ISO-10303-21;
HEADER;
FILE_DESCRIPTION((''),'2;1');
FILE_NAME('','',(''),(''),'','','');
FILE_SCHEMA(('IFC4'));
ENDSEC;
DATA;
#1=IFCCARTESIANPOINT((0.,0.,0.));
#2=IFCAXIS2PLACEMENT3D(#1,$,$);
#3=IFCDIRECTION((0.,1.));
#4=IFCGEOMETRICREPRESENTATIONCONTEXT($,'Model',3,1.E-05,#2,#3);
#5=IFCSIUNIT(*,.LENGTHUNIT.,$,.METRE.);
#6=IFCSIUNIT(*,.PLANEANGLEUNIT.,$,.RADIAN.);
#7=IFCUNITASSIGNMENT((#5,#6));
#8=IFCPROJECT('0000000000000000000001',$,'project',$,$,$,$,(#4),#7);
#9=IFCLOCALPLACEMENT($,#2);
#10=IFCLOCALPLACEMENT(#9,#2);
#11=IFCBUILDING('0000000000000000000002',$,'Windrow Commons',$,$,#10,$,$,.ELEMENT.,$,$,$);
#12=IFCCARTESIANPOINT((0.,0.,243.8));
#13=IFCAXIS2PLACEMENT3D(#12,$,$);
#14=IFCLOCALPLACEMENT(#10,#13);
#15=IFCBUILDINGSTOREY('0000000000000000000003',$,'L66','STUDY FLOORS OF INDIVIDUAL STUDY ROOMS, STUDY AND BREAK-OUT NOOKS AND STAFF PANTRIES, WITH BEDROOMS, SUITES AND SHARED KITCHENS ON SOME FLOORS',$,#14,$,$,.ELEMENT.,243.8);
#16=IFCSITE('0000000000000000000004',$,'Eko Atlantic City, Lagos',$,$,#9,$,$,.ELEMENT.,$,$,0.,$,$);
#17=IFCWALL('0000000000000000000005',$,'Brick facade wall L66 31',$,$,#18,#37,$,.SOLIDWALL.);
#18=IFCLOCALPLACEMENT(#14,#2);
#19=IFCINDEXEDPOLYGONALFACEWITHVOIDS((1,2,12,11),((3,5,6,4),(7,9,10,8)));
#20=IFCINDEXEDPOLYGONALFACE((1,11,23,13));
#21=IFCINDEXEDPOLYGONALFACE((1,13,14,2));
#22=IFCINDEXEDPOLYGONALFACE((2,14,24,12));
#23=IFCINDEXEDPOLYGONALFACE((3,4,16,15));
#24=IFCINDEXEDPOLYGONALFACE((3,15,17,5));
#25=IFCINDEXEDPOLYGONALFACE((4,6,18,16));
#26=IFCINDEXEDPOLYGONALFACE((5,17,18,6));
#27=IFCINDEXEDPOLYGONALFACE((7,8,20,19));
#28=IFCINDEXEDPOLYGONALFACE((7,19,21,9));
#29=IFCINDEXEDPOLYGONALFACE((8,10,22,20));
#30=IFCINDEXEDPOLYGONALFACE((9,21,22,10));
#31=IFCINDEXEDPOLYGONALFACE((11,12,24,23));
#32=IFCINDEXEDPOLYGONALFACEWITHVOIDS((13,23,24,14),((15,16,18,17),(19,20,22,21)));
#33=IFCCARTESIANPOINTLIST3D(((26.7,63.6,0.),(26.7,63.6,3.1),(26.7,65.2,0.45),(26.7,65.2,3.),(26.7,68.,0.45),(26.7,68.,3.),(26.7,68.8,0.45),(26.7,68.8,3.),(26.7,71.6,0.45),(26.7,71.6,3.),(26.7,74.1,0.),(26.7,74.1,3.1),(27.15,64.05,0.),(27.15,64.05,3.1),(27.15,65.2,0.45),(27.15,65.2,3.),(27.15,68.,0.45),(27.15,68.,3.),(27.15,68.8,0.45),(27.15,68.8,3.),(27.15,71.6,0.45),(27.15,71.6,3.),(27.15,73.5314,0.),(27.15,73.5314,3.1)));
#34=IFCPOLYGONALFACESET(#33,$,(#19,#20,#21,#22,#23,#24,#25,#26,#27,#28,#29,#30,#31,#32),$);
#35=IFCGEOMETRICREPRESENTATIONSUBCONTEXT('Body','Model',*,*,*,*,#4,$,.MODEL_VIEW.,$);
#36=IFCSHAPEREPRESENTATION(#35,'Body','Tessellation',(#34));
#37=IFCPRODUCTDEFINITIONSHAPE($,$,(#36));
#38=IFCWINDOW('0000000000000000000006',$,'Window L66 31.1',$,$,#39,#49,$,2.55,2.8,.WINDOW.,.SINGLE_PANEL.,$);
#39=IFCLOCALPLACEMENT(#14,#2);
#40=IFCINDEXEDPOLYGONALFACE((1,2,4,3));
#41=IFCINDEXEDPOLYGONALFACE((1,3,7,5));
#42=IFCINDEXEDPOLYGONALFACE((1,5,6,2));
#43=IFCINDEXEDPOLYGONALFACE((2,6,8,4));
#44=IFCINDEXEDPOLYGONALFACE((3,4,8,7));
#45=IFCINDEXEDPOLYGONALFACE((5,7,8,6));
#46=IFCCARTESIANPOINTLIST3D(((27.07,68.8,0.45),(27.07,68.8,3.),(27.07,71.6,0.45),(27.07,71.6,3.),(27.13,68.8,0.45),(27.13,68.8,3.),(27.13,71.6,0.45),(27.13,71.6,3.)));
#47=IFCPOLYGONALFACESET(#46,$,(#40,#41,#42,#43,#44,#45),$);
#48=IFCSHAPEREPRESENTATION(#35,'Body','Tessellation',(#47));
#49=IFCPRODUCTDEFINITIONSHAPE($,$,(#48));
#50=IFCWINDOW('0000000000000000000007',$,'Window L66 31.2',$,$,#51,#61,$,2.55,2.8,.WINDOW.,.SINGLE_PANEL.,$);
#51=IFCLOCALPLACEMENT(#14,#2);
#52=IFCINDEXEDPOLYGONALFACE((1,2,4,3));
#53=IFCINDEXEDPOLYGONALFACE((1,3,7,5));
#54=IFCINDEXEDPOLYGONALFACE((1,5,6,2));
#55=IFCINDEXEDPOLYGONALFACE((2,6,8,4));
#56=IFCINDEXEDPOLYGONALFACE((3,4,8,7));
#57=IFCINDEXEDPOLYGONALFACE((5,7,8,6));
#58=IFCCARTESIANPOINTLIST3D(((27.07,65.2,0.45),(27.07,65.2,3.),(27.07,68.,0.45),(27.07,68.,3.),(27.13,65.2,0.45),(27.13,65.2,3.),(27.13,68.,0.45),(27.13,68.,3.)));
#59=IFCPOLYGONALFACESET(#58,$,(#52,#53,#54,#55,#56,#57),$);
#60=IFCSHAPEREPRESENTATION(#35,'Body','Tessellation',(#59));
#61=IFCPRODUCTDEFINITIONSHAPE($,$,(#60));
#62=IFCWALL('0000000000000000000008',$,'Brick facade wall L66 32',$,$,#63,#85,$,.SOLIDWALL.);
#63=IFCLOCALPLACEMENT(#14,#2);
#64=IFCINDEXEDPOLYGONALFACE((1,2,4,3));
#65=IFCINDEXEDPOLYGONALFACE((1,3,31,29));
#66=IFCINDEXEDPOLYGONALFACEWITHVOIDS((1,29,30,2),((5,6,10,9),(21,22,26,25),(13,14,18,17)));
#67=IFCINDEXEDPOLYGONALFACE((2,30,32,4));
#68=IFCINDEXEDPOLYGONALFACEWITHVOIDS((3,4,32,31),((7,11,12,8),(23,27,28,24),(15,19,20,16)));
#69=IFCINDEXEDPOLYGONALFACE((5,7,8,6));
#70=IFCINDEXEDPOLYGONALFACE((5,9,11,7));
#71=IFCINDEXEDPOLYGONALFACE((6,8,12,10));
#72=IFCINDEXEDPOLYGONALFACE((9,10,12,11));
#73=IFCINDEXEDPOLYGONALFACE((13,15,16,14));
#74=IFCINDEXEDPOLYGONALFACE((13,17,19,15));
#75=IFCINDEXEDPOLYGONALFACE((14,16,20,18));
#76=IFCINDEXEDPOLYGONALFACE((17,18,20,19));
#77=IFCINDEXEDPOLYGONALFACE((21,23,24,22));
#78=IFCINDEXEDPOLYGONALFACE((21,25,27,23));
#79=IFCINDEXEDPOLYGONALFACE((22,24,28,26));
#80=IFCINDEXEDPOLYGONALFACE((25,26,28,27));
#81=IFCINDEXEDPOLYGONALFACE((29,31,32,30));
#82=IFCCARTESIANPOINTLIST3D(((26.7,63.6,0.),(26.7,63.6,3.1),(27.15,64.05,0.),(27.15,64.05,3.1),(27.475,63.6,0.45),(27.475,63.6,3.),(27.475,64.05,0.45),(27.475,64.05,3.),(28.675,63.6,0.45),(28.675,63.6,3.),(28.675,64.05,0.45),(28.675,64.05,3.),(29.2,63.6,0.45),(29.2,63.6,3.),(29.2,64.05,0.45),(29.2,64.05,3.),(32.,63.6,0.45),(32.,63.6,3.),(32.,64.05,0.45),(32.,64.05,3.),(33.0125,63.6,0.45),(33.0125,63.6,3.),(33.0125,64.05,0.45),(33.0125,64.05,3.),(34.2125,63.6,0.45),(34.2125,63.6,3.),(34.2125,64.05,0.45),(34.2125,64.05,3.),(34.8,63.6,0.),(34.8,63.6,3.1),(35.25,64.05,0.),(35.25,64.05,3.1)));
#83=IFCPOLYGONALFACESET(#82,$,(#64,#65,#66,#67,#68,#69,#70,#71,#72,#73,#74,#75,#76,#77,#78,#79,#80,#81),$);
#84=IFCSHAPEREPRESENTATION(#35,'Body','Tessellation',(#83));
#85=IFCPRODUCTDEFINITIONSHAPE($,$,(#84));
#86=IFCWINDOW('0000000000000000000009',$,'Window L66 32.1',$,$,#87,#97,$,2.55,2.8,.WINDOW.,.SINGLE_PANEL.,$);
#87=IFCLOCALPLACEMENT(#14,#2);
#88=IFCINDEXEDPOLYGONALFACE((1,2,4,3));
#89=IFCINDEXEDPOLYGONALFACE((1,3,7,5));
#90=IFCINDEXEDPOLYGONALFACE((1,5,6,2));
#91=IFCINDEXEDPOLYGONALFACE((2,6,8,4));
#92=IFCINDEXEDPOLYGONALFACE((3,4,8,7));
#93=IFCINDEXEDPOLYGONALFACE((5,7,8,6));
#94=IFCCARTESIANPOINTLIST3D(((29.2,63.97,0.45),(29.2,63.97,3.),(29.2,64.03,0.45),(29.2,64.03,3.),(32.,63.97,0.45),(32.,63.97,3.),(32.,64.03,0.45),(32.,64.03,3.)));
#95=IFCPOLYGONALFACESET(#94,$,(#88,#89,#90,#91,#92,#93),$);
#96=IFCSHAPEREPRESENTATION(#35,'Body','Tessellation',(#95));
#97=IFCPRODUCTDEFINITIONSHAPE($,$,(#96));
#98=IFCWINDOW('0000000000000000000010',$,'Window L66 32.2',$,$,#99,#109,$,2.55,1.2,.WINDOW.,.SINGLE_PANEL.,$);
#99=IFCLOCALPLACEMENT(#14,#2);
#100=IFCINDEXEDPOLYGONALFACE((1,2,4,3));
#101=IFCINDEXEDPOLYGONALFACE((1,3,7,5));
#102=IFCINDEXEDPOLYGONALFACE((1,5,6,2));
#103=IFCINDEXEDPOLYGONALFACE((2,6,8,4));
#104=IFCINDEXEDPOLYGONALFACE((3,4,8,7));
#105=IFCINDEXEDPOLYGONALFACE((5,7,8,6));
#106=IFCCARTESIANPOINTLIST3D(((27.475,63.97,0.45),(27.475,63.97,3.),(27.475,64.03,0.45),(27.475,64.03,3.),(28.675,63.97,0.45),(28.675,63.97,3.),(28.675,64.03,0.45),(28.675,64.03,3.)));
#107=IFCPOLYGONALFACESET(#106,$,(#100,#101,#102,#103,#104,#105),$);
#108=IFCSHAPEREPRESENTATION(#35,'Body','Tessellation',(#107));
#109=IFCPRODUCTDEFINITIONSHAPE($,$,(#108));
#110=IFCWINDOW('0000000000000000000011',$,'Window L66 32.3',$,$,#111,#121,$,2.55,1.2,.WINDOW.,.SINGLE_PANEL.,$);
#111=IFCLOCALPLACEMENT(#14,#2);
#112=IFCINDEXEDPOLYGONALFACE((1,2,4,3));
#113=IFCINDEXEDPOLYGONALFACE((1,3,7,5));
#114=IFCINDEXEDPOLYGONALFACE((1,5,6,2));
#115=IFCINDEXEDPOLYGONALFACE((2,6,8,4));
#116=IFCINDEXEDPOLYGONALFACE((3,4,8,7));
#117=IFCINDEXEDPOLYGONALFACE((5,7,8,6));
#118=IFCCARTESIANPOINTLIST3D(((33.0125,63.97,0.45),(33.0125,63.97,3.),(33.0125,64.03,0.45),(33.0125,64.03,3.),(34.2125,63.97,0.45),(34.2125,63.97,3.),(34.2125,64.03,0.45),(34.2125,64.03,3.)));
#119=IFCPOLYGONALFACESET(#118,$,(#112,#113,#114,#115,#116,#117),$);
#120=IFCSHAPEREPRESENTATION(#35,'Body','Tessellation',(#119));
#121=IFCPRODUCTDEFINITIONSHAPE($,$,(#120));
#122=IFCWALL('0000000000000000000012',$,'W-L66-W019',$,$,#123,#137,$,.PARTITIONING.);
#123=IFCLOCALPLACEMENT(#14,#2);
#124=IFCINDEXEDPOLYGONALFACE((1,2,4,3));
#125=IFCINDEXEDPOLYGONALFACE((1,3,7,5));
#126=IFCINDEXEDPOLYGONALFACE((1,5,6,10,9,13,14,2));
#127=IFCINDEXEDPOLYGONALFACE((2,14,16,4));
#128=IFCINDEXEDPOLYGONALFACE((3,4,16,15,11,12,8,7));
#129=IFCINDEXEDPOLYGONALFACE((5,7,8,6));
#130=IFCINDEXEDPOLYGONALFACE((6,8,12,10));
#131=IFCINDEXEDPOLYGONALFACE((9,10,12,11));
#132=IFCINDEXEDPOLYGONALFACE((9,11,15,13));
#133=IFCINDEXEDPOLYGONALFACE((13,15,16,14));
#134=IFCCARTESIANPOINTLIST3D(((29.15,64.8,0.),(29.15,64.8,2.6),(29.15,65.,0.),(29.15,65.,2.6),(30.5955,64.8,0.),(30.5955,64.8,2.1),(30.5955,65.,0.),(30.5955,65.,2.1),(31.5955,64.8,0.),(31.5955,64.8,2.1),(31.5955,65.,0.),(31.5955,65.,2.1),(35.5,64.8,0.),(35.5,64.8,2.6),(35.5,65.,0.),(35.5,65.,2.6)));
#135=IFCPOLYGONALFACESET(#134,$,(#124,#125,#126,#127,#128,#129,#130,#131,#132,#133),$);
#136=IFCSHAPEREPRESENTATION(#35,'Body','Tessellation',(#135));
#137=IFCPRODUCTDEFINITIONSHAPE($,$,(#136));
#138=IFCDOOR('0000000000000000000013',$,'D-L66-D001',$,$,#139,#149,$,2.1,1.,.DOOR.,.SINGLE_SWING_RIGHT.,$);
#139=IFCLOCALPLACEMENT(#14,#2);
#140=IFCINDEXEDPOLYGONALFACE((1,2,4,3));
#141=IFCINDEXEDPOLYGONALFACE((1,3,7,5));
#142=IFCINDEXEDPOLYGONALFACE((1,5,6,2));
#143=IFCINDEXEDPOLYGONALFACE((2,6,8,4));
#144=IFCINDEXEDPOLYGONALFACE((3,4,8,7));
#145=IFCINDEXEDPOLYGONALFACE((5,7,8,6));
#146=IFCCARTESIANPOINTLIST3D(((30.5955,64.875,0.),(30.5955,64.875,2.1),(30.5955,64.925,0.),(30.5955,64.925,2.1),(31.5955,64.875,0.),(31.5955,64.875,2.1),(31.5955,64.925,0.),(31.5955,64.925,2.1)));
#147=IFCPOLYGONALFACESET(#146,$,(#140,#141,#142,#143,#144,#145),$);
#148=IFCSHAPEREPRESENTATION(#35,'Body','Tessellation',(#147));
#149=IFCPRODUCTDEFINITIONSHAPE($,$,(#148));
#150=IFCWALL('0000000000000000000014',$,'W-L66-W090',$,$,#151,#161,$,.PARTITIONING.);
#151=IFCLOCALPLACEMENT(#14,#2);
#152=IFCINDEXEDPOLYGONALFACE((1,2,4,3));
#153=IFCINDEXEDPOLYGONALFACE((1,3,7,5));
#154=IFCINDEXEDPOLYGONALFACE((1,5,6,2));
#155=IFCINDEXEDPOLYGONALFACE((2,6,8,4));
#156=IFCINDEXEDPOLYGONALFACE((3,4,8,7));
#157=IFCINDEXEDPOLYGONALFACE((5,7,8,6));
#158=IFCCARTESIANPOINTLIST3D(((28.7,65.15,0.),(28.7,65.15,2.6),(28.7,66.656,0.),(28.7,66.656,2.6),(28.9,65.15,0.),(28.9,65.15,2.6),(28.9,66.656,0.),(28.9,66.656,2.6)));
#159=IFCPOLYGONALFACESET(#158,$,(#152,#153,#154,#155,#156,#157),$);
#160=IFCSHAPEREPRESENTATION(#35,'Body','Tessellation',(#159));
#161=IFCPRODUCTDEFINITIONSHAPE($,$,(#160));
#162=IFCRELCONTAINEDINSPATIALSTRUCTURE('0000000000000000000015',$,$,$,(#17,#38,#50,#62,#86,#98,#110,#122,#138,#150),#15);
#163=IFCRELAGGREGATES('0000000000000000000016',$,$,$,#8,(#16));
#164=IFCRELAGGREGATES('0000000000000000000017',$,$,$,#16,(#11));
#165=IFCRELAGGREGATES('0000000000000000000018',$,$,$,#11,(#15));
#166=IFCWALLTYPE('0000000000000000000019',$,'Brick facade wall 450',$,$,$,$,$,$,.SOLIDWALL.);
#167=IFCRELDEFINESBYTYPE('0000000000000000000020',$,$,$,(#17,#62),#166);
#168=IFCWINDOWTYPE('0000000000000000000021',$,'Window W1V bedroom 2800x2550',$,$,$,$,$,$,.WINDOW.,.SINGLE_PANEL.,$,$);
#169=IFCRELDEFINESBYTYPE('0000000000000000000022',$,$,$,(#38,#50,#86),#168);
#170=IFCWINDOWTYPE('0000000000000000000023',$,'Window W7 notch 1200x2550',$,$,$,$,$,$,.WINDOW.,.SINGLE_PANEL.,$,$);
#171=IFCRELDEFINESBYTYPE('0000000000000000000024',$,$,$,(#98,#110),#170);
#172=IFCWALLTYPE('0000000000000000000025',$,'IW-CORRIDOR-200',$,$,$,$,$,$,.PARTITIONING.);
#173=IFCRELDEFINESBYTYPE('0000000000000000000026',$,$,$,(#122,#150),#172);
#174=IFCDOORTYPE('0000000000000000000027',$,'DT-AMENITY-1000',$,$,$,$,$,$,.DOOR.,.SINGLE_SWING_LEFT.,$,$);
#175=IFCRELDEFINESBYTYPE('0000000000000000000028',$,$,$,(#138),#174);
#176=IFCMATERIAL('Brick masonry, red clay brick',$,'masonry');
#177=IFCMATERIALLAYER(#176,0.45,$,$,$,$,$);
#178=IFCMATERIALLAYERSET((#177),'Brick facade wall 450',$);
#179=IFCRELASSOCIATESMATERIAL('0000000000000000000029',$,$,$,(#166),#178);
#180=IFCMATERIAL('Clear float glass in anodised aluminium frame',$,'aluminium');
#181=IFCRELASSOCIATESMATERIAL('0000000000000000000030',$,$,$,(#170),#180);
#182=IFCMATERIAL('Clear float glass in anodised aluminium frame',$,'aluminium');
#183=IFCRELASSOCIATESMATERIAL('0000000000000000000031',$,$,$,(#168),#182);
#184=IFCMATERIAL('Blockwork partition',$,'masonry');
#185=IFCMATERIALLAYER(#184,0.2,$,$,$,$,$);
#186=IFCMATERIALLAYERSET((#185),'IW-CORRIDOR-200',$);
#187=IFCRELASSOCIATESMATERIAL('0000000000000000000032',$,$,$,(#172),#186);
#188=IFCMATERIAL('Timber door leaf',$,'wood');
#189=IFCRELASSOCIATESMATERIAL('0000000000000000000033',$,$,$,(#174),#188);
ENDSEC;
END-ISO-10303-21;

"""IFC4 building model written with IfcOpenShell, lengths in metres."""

from ifc_helpers import new_model, si_unit, direction, frame, frame_2d, origin, place, context, subcontext, project, spatial, polyline, rectangle, outline, extrude, material, layer, layer_set, type_object, element, fill, save


model = new_model("IFC4")

# Units and contexts
model_context = context("Model", 3, precision=1e-05, world=origin(), true_north=direction((0.0, 1.0)))
body_context = subcontext(model_context, "Body", "Model", "MODEL_VIEW")
ifc_project = project(units=[si_unit("LENGTHUNIT", "METRE"), si_unit("PLANEANGLEUNIT", "RADIAN")], contexts=[model_context])

# Site, building, storey
site_placement = place(None, origin())
site = spatial("IfcSite", under=ifc_project, at=site_placement, Name="Eko Atlantic City, Lagos", CompositionType="ELEMENT", RefElevation=0.0)
building_placement = place(site_placement, origin())
building = spatial("IfcBuilding", under=site, at=building_placement, Name="Windrow Commons", CompositionType="ELEMENT")
storey_placement = place(building_placement, frame((0.0, 0.0, 243.8)))
storey = spatial("IfcBuildingStorey", under=building, at=storey_placement, Name="L66", Description="STUDY FLOORS OF INDIVIDUAL STUDY ROOMS, STUDY AND BREAK-OUT NOOKS AND STAFF PANTRIES, WITH BEDROOMS, SUITES AND SHARED KITCHENS ON SOME FLOORS", CompositionType="ELEMENT", Elevation=243.8)

# Walls, openings, windows
ifc_material_1 = material(Name="Brick masonry, red clay brick", Category="masonry")
ifc_layer_1 = layer(ifc_material_1, 0.45)
ifc_layer_set_1 = layer_set([ifc_layer_1], Name="Brick facade wall 450")
wall_type_1 = type_object("IfcWallType", Name="Brick facade wall 450", PredefinedType="SOLIDWALL", material=ifc_layer_set_1)
ifc_material_2 = material(Name="Clear float glass in anodised aluminium frame", Category="aluminium")
window_type_1 = type_object("IfcWindowType", Name="Window W7 notch 1200x2550", PartitioningType="SINGLE_PANEL", PredefinedType="WINDOW", material=ifc_material_2)
wall_1_placement = place(storey_placement, frame((26.925, 73.8157, 0.0), z_axis=(0.0, 0.0, 1.0), x_axis=(0.0, -1.0, 0.0)))
wall_1 = element("IfcWall", 1, at=wall_1_placement, inside=storey, type_object=wall_type_1, Name="Brick facade wall L66 31", PredefinedType="SOLIDWALL", context=body_context, shape_type="SweptSolid", body=[
    extrude(outline(polyline([(-0.2843, -0.225), (10.2157, -0.225), (9.7657, 0.225), (0.2843, 0.225), (-0.2843, -0.225)])), origin(), (0.0, 0.0, 1.0), 3.1),
])
opening_1_placement = place(wall_1_placement, frame((2.2157, 0.0, 0.45)))
opening_1 = element("IfcOpeningElement", 2, at=opening_1_placement, cuts=wall_1, PredefinedType="OPENING", context=body_context, shape_type="SweptSolid", body=[
    extrude(rectangle(XDim=2.8, YDim=2.55, at=frame_2d((1.4, 1.275))), frame((0.0, 0.235, 0.0), z_axis=(0.0, -1.0, 0.0), x_axis=(1.0, 0.0, 0.0)), (0.0, 0.0, 1.0), 0.47),
])
opening_2_placement = place(wall_1_placement, frame((5.8157, 0.0, 0.45)))
opening_2 = element("IfcOpeningElement", 3, at=opening_2_placement, cuts=wall_1, PredefinedType="OPENING", context=body_context, shape_type="SweptSolid", body=[
    extrude(rectangle(XDim=2.8, YDim=2.55, at=frame_2d((1.4, 1.275))), frame((0.0, 0.235, 0.0), z_axis=(0.0, -1.0, 0.0), x_axis=(1.0, 0.0, 0.0)), (0.0, 0.0, 1.0), 0.47),
])
ifc_material_3 = material(Name="Clear float glass in anodised aluminium frame", Category="aluminium")
window_type_2 = type_object("IfcWindowType", Name="Window W1V bedroom 2800x2550", PartitioningType="SINGLE_PANEL", PredefinedType="WINDOW", material=ifc_material_3)
window_1_placement = place(opening_1_placement, origin())
window_1 = element("IfcWindow", 4, at=window_1_placement, inside=storey, type_object=window_type_2, Name="Window L66 31.1", OverallHeight=2.55, OverallWidth=2.8, PartitioningType="SINGLE_PANEL", PredefinedType="WINDOW", context=body_context, shape_type="SweptSolid", body=[
    extrude(rectangle(XDim=2.8, YDim=2.55, at=frame_2d((1.4, 1.275))), frame((0.0, 0.205, 0.0), z_axis=(0.0, -1.0, 0.0), x_axis=(1.0, 0.0, 0.0)), (0.0, 0.0, 1.0), 0.06),
])
fill(opening_1, window_1)
window_2_placement = place(opening_2_placement, origin())
window_2 = element("IfcWindow", 5, at=window_2_placement, inside=storey, type_object=window_type_2, Name="Window L66 31.2", OverallHeight=2.55, OverallWidth=2.8, PartitioningType="SINGLE_PANEL", PredefinedType="WINDOW", context=body_context, shape_type="SweptSolid", body=[
    extrude(rectangle(XDim=2.8, YDim=2.55, at=frame_2d((1.4, 1.275))), frame((0.0, 0.205, 0.0), z_axis=(0.0, -1.0, 0.0), x_axis=(1.0, 0.0, 0.0)), (0.0, 0.0, 1.0), 0.06),
])
fill(opening_2, window_2)
wall_2_placement = place(storey_placement, frame((26.925, 63.825, 0.0), z_axis=(0.0, 0.0, 1.0), x_axis=(1.0, 0.0, 0.0)))
wall_2 = element("IfcWall", 6, at=wall_2_placement, inside=storey, type_object=wall_type_1, Name="Brick facade wall L66 32", PredefinedType="SOLIDWALL", context=body_context, shape_type="SweptSolid", body=[
    extrude(outline(polyline([(-0.225, -0.225), (7.875, -0.225), (8.325, 0.225), (0.225, 0.225), (-0.225, -0.225)])), origin(), (0.0, 0.0, 1.0), 3.1),
])
opening_3_placement = place(wall_2_placement, frame((2.275, 0.0, 0.45)))
opening_3 = element("IfcOpeningElement", 7, at=opening_3_placement, cuts=wall_2, PredefinedType="OPENING", context=body_context, shape_type="SweptSolid", body=[
    extrude(rectangle(XDim=2.8, YDim=2.55, at=frame_2d((1.4, 1.275))), frame((0.0, 0.235, 0.0), z_axis=(0.0, -1.0, 0.0), x_axis=(1.0, 0.0, 0.0)), (0.0, 0.0, 1.0), 0.47),
])
opening_4_placement = place(wall_2_placement, frame((0.55, 0.0, 0.45)))
opening_4 = element("IfcOpeningElement", 8, at=opening_4_placement, cuts=wall_2, PredefinedType="OPENING", context=body_context, shape_type="SweptSolid", body=[
    extrude(rectangle(XDim=1.2, YDim=2.55, at=frame_2d((0.6, 1.275))), frame((0.0, 0.235, 0.0), z_axis=(0.0, -1.0, 0.0), x_axis=(1.0, 0.0, 0.0)), (0.0, 0.0, 1.0), 0.47),
])
opening_5_placement = place(wall_2_placement, frame((6.0875, 0.0, 0.45)))
opening_5 = element("IfcOpeningElement", 9, at=opening_5_placement, cuts=wall_2, PredefinedType="OPENING", context=body_context, shape_type="SweptSolid", body=[
    extrude(rectangle(XDim=1.2, YDim=2.55, at=frame_2d((0.6, 1.275))), frame((0.0, 0.235, 0.0), z_axis=(0.0, -1.0, 0.0), x_axis=(1.0, 0.0, 0.0)), (0.0, 0.0, 1.0), 0.47),
])
window_3_placement = place(opening_3_placement, origin())
window_3 = element("IfcWindow", 10, at=window_3_placement, inside=storey, type_object=window_type_2, Name="Window L66 32.1", OverallHeight=2.55, OverallWidth=2.8, PartitioningType="SINGLE_PANEL", PredefinedType="WINDOW", context=body_context, shape_type="SweptSolid", body=[
    extrude(rectangle(XDim=2.8, YDim=2.55, at=frame_2d((1.4, 1.275))), frame((0.0, 0.205, 0.0), z_axis=(0.0, -1.0, 0.0), x_axis=(1.0, 0.0, 0.0)), (0.0, 0.0, 1.0), 0.06),
])
fill(opening_3, window_3)
window_4_placement = place(opening_4_placement, origin())
window_4 = element("IfcWindow", 11, at=window_4_placement, inside=storey, type_object=window_type_1, Name="Window L66 32.2", OverallHeight=2.55, OverallWidth=1.2, PartitioningType="SINGLE_PANEL", PredefinedType="WINDOW", context=body_context, shape_type="SweptSolid", body=[
    extrude(rectangle(XDim=1.2, YDim=2.55, at=frame_2d((0.6, 1.275))), frame((0.0, 0.205, 0.0), z_axis=(0.0, -1.0, 0.0), x_axis=(1.0, 0.0, 0.0)), (0.0, 0.0, 1.0), 0.06),
])
fill(opening_4, window_4)
window_5_placement = place(opening_5_placement, origin())
window_5 = element("IfcWindow", 12, at=window_5_placement, inside=storey, type_object=window_type_1, Name="Window L66 32.3", OverallHeight=2.55, OverallWidth=1.2, PartitioningType="SINGLE_PANEL", PredefinedType="WINDOW", context=body_context, shape_type="SweptSolid", body=[
    extrude(rectangle(XDim=1.2, YDim=2.55, at=frame_2d((0.6, 1.275))), frame((0.0, 0.205, 0.0), z_axis=(0.0, -1.0, 0.0), x_axis=(1.0, 0.0, 0.0)), (0.0, 0.0, 1.0), 0.06),
])
fill(opening_5, window_5)

# Wall, opening, door
ifc_material_4 = material(Name="Blockwork partition", Category="masonry")
ifc_layer_2 = layer(ifc_material_4, 0.2)
ifc_layer_set_2 = layer_set([ifc_layer_2], Name="IW-CORRIDOR-200")
wall_type_2 = type_object("IfcWallType", Name="IW-CORRIDOR-200", PredefinedType="PARTITIONING", material=ifc_layer_set_2)
wall_3_placement = place(storey_placement, frame((29.15, 64.9, 0.0), z_axis=(0.0, 0.0, 1.0), x_axis=(1.0, 0.0, 0.0)))
wall_3 = element("IfcWall", 13, at=wall_3_placement, inside=storey, type_object=wall_type_2, Name="W-L66-W019", PredefinedType="PARTITIONING", context=body_context, shape_type="SweptSolid", body=[
    extrude(rectangle(XDim=6.35, YDim=0.2, at=frame_2d((3.175, 0.0))), origin(), (0.0, 0.0, 1.0), 2.6),
])
opening_6_placement = place(wall_3_placement, frame((1.4455, 0.0, 0.0)))
opening_6 = element("IfcOpeningElement", 14, at=opening_6_placement, cuts=wall_3, PredefinedType="OPENING", context=body_context, shape_type="SweptSolid", body=[
    extrude(rectangle(XDim=1.0, YDim=2.1, at=frame_2d((0.5, 1.05))), frame((0.0, 0.11, 0.0), z_axis=(0.0, -1.0, 0.0), x_axis=(1.0, 0.0, 0.0)), (0.0, 0.0, 1.0), 0.22),
])
ifc_material_5 = material(Name="Timber door leaf", Category="wood")
door_type_1 = type_object("IfcDoorType", Name="DT-AMENITY-1000", OperationType="SINGLE_SWING_LEFT", PredefinedType="DOOR", material=ifc_material_5)
door_1_placement = place(opening_6_placement, origin())
door_1 = element("IfcDoor", 15, at=door_1_placement, inside=storey, type_object=door_type_1, Name="D-L66-D001", OperationType="SINGLE_SWING_RIGHT", OverallHeight=2.1, OverallWidth=1.0, PredefinedType="DOOR", context=body_context, shape_type="SweptSolid", body=[
    extrude(rectangle(XDim=1.0, YDim=2.1, at=frame_2d((0.5, 1.05))), frame((0.0, 0.025, 0.0), z_axis=(0.0, -1.0, 0.0), x_axis=(1.0, 0.0, 0.0)), (0.0, 0.0, 1.0), 0.05),
])
fill(opening_6, door_1)

# Wall
wall_4_placement = place(storey_placement, frame((28.8, 65.15, 0.0), z_axis=(0.0, 0.0, 1.0), x_axis=(0.0, 1.0, 0.0)))
element("IfcWall", 16, at=wall_4_placement, inside=storey, type_object=wall_type_2, Name="W-L66-W090", PredefinedType="PARTITIONING", context=body_context, shape_type="SweptSolid", body=[
    extrude(rectangle(XDim=1.506, YDim=0.2, at=frame_2d((0.753, 0.0))), origin(), (0.0, 0.0, 1.0), 2.6),
])

save(model, "model.ifc")
